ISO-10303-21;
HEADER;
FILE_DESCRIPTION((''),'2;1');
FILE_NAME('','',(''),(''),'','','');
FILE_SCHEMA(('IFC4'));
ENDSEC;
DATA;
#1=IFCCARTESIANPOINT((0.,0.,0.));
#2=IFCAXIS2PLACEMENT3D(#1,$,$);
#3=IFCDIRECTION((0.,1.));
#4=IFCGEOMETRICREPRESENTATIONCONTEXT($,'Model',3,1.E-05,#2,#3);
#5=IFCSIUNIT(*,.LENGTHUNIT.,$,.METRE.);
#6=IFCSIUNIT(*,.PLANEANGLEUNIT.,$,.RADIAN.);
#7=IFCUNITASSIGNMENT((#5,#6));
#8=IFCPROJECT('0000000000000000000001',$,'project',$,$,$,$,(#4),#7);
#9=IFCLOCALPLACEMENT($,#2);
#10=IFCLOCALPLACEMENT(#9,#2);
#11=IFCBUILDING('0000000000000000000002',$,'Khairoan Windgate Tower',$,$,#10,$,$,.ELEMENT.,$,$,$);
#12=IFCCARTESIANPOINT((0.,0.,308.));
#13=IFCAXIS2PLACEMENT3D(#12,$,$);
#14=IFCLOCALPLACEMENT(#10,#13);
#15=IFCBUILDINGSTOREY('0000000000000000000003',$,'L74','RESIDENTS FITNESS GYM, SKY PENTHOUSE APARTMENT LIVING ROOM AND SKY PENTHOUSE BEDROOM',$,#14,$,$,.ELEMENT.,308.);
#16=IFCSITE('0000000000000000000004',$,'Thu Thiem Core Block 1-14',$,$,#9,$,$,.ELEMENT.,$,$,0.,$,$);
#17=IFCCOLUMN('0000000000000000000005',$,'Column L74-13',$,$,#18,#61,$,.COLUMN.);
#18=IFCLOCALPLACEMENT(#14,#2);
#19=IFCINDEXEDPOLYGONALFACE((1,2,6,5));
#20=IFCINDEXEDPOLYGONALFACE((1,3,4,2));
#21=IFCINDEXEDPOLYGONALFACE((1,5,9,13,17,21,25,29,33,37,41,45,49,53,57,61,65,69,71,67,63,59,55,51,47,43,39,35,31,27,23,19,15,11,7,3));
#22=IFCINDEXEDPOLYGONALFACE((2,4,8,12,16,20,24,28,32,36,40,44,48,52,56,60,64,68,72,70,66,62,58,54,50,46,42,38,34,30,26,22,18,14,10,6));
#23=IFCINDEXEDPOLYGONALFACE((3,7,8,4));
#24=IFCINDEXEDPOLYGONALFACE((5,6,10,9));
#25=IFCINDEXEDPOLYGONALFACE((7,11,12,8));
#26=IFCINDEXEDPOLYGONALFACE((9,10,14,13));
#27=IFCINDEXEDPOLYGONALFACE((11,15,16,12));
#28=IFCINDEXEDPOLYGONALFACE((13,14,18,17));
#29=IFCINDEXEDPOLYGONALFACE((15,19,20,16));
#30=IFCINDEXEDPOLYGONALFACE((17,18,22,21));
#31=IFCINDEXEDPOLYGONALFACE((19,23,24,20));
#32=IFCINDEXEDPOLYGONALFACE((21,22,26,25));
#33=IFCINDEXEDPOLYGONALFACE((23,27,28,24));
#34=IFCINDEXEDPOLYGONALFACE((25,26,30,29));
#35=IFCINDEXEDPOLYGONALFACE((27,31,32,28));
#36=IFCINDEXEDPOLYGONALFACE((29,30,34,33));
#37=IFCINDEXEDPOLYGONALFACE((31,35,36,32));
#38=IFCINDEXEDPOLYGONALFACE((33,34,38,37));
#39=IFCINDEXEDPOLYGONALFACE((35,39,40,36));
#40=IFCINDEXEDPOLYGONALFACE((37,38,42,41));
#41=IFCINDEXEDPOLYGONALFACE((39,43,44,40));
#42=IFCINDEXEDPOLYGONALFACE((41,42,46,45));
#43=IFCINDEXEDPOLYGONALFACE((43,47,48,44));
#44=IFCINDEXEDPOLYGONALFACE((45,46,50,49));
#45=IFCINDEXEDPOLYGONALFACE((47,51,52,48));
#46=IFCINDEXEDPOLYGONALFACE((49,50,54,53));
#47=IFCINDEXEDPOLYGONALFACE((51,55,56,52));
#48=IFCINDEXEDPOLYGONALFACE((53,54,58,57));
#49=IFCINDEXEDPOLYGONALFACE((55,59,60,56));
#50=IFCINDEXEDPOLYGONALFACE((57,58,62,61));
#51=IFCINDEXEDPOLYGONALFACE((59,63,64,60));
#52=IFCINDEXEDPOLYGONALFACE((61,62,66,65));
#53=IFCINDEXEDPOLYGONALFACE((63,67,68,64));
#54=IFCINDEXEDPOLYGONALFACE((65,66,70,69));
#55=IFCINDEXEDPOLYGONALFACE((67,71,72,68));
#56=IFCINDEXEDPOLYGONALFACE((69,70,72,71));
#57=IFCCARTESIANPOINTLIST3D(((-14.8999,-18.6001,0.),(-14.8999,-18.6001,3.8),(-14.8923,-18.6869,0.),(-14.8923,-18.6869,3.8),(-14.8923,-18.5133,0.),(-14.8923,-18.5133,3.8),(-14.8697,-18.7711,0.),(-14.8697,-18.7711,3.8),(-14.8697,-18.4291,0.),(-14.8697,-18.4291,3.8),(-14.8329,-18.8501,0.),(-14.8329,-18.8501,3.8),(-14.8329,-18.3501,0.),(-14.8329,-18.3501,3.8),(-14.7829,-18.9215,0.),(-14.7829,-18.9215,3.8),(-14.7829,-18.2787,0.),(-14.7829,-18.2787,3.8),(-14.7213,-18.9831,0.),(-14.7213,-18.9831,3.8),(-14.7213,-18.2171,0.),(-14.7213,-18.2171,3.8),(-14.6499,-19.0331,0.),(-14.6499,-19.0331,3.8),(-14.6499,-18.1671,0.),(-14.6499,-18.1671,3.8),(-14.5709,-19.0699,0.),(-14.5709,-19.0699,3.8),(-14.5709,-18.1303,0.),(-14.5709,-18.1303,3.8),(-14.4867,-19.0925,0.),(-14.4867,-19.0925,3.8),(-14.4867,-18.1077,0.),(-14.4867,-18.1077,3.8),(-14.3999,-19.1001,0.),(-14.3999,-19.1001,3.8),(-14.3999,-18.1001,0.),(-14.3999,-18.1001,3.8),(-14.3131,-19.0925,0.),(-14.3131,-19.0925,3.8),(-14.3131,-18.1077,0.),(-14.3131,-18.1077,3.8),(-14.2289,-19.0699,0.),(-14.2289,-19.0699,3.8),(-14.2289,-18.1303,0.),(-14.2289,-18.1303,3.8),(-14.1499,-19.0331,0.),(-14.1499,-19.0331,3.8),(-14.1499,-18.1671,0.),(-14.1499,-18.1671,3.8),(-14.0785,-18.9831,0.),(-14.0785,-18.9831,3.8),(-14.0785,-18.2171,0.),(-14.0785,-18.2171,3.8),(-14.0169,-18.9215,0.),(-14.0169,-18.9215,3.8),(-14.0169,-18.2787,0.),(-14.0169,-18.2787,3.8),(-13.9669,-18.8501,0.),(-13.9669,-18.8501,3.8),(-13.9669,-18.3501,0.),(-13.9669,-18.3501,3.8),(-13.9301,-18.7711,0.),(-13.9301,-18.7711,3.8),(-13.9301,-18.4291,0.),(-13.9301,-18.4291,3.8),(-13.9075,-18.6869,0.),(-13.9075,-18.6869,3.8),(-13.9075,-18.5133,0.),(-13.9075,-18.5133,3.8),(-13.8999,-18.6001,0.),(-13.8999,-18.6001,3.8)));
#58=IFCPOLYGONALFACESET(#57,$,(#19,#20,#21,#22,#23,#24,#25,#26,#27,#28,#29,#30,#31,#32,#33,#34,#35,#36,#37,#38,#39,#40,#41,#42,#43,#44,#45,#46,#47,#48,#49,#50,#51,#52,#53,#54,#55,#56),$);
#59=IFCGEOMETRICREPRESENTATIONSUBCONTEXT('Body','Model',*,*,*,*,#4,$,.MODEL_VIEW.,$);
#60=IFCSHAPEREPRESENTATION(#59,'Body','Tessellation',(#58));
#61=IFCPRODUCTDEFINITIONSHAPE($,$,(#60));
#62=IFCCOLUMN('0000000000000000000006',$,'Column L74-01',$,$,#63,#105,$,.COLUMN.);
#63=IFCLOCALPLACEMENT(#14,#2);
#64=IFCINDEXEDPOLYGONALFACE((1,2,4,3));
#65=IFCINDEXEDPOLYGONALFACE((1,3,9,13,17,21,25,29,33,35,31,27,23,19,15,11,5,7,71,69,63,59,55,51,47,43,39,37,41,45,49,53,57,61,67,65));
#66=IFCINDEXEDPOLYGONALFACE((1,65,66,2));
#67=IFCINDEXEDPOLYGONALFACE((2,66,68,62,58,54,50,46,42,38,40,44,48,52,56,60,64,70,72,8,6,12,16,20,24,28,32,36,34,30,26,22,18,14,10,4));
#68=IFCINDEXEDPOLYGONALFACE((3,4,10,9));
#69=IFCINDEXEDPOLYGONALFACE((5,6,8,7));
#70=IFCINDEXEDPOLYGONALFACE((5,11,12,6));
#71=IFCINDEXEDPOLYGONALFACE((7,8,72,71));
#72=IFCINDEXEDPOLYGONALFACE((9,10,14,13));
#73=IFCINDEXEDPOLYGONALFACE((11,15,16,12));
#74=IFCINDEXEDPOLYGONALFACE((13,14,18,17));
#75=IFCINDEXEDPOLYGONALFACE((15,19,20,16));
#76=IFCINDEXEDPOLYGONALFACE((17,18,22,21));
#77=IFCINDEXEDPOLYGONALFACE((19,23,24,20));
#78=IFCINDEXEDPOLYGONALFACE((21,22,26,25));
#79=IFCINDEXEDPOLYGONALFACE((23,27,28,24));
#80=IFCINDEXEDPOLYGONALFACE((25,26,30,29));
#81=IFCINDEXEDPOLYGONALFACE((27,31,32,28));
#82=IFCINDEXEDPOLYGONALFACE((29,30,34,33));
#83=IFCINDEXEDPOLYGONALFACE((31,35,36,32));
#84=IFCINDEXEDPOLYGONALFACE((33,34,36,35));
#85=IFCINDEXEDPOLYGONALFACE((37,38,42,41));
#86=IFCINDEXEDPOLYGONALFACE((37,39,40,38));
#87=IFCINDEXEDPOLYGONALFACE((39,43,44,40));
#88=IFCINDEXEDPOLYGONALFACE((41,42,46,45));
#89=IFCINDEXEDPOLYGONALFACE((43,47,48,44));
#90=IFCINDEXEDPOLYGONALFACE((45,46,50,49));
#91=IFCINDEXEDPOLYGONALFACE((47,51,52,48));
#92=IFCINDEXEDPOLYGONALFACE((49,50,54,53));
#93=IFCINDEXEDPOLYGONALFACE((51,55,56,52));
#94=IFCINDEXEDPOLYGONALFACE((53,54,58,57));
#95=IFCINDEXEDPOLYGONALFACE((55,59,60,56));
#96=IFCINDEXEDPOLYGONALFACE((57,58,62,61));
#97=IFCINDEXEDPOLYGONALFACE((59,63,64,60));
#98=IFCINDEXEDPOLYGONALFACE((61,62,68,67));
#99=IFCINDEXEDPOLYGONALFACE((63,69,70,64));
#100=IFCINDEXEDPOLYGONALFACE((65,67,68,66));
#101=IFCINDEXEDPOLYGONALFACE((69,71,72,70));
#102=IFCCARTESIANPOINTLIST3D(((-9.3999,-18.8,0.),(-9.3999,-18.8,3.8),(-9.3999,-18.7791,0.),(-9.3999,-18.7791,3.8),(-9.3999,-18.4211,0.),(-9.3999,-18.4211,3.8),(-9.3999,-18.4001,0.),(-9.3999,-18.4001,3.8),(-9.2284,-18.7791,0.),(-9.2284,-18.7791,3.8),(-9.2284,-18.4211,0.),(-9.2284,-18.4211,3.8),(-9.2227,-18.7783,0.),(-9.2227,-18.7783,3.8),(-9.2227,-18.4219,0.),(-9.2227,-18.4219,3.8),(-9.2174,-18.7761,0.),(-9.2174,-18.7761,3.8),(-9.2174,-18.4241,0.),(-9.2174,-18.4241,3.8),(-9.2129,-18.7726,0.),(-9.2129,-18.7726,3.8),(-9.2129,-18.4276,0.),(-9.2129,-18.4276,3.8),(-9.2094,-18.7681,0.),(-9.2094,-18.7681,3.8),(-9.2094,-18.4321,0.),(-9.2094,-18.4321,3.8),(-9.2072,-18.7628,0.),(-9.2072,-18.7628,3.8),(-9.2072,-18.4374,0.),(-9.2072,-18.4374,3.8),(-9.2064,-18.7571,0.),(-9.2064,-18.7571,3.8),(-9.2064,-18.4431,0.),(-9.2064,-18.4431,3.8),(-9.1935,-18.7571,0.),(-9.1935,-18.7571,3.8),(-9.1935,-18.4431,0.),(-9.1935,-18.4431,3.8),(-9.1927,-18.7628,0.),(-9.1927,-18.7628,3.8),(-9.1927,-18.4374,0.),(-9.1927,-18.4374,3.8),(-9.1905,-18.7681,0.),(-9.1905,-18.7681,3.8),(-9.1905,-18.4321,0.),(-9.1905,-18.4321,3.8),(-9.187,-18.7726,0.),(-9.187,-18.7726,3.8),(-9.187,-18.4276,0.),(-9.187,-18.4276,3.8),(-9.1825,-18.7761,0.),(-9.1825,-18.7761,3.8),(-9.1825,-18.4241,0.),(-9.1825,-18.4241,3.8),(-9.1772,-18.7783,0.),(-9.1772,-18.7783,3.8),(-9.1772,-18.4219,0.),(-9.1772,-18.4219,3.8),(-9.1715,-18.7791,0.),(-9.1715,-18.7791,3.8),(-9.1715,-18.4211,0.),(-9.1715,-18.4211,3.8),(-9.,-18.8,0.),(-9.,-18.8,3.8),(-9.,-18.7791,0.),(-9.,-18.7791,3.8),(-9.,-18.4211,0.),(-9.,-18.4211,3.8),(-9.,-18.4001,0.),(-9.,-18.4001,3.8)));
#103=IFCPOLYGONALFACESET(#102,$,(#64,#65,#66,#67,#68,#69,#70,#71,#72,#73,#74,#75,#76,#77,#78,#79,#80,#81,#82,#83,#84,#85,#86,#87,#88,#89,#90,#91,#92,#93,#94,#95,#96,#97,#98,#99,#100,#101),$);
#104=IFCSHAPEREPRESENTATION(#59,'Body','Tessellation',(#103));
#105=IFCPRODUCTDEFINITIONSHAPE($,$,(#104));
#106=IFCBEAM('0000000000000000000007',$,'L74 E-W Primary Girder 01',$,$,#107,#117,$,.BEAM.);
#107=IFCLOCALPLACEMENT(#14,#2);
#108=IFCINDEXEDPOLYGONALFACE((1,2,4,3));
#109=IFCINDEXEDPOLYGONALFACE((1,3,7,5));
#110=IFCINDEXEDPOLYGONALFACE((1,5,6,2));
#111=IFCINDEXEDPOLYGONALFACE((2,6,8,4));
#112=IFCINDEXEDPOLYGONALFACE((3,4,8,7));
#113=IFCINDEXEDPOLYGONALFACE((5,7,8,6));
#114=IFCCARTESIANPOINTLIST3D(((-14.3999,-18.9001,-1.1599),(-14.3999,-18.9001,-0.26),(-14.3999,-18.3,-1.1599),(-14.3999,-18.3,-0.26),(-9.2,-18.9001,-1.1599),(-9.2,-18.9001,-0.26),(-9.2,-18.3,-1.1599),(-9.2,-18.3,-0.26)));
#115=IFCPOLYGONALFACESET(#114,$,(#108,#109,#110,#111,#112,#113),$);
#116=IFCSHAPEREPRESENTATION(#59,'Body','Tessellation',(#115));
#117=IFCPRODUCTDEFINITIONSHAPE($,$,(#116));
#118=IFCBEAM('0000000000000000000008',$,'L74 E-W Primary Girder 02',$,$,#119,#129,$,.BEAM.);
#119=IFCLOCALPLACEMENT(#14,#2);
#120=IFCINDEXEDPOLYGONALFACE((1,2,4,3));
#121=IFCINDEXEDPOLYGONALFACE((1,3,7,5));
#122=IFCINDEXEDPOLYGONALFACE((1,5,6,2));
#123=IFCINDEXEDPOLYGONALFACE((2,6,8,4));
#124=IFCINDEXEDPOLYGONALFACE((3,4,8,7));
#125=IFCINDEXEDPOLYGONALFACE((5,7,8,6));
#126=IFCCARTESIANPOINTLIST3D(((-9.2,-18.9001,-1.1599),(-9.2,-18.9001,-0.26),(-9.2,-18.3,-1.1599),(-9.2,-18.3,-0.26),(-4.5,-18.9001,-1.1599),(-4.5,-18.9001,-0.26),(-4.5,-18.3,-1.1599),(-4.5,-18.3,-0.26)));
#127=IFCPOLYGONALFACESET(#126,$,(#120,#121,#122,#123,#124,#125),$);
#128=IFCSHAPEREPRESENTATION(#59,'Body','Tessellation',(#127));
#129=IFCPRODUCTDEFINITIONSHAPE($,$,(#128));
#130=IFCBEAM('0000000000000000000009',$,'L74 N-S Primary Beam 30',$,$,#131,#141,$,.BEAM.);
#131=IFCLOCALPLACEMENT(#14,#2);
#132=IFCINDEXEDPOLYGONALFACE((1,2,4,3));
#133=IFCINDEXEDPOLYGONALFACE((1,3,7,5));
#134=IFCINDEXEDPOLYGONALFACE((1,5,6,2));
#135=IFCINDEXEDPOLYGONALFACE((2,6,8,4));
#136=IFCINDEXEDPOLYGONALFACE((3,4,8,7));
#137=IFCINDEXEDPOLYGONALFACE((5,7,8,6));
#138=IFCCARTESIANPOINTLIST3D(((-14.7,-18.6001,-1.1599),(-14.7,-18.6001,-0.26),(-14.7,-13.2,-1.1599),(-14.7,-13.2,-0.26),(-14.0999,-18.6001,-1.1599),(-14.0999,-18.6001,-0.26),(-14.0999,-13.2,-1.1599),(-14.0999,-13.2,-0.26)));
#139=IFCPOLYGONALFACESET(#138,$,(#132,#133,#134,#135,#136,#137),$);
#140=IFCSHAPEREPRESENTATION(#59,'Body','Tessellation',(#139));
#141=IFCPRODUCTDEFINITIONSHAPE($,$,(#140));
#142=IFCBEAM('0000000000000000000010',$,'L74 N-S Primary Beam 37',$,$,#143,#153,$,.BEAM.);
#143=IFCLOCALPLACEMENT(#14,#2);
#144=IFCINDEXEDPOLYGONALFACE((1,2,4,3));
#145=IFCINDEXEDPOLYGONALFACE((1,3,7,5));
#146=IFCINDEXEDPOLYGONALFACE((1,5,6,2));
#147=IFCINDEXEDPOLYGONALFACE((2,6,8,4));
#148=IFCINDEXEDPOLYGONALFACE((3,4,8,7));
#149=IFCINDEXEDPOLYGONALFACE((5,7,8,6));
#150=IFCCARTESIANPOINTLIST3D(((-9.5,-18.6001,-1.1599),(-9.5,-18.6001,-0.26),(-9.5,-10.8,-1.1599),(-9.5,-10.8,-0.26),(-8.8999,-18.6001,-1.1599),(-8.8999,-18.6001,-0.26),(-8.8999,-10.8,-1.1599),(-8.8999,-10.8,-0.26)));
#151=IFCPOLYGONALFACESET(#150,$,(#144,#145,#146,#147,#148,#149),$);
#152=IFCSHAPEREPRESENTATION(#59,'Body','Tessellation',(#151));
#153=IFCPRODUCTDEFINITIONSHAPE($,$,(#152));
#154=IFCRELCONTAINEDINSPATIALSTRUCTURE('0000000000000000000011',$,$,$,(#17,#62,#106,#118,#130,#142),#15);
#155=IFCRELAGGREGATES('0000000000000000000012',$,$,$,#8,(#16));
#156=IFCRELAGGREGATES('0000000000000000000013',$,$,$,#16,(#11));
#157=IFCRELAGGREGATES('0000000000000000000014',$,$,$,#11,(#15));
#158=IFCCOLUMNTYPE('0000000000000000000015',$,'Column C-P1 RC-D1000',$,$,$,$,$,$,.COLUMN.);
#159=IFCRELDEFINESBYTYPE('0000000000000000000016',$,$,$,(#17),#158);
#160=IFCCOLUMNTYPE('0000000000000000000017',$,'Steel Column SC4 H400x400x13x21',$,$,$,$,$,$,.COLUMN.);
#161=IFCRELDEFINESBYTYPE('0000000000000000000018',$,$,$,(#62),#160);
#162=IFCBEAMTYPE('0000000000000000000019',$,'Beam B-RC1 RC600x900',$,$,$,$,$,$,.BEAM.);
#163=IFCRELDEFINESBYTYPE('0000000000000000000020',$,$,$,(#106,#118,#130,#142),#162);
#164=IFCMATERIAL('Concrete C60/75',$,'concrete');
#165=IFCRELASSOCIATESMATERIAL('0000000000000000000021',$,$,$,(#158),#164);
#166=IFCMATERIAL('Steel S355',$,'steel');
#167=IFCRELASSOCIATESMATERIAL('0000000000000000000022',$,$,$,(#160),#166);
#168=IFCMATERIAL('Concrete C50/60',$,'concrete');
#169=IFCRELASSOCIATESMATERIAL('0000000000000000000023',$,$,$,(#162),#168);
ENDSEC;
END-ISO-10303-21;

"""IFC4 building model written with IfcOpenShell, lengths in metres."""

from ifc_helpers import new_model, si_unit, direction, frame, origin, origin_2d, place, context, subcontext, project, spatial, rectangle, circle, i_section, extrude, material, material_profile, profile_set, type_object, element, save


model = new_model("IFC4")

# Units and contexts
model_context = context("Model", 3, precision=1e-05, world=origin(), true_north=direction((0.0, 1.0)))
body_context = subcontext(model_context, "Body", "Model", "MODEL_VIEW")
ifc_project = project(units=[si_unit("LENGTHUNIT", "METRE"), si_unit("PLANEANGLEUNIT", "RADIAN")], contexts=[model_context])

# Site, building, storey
site_placement = place(None, origin())
site = spatial("IfcSite", under=ifc_project, at=site_placement, Name="Thu Thiem Core Block 1-14", CompositionType="ELEMENT", RefElevation=0.0)
building_placement = place(site_placement, origin())
building = spatial("IfcBuilding", under=site, at=building_placement, Name="Khairoan Windgate Tower", CompositionType="ELEMENT")
storey_placement = place(building_placement, frame((0.0, 0.0, 308.0)))
storey = spatial("IfcBuildingStorey", under=building, at=storey_placement, Name="L74", Description="RESIDENTS FITNESS GYM, SKY PENTHOUSE APARTMENT LIVING ROOM AND SKY PENTHOUSE BEDROOM", CompositionType="ELEMENT", Elevation=308.0)

# Columns
ifc_material_1 = material(Name="Concrete C60/75", Category="concrete")
ifc_material_profile_1 = material_profile(ifc_material_1, circle(Radius=0.5, at=origin_2d()))
ifc_profile_set_1 = profile_set([ifc_material_profile_1], Name="Concrete C60/75")
column_type_1 = type_object("IfcColumnType", Name="Column C-P1 RC-D1000", PredefinedType="COLUMN", material=ifc_profile_set_1)
column_1_placement = place(storey_placement, frame((-14.3999, -18.6001, 0.0), z_axis=(0.0, 0.0, 1.0), x_axis=(1.0, 0.0, 0.0)))
element("IfcColumn", 1, at=column_1_placement, inside=storey, type_object=column_type_1, Name="Column L74-13", PredefinedType="COLUMN", context=body_context, shape_type="SweptSolid", body=[
    extrude(circle(Radius=0.5, at=origin_2d()), origin(), (0.0, 0.0, 1.0), 3.8),
])
ifc_material_2 = material(Name="Steel S355", Category="steel")
ifc_material_profile_2 = material_profile(ifc_material_2, i_section(OverallWidth=0.3999, OverallDepth=0.3999, WebThickness=0.0129, FlangeThickness=0.021, FilletRadius=0.022, at=origin_2d()))
ifc_profile_set_2 = profile_set([ifc_material_profile_2], Name="Steel S355")
column_type_2 = type_object("IfcColumnType", Name="Steel Column SC4 H400x400x13x21", PredefinedType="COLUMN", material=ifc_profile_set_2)
column_2_placement = place(storey_placement, frame((-9.2, -18.6001, 0.0), z_axis=(0.0, 0.0, 1.0), x_axis=(1.0, 0.0, 0.0)))
element("IfcColumn", 2, at=column_2_placement, inside=storey, type_object=column_type_2, Name="Column L74-01", PredefinedType="COLUMN", context=body_context, shape_type="SweptSolid", body=[
    extrude(i_section(OverallWidth=0.3999, OverallDepth=0.3999, WebThickness=0.0129, FlangeThickness=0.021, FilletRadius=0.022, at=origin_2d()), origin(), (0.0, 0.0, 1.0), 3.8),
])

# Beams
ifc_material_3 = material(Name="Concrete C50/60", Category="concrete")
ifc_material_profile_3 = material_profile(ifc_material_3, rectangle(XDim=0.6001, YDim=0.8999, at=origin_2d()))
ifc_profile_set_3 = profile_set([ifc_material_profile_3], Name="Concrete C50/60")
beam_type = type_object("IfcBeamType", Name="Beam B-RC1 RC600x900", PredefinedType="BEAM", material=ifc_profile_set_3)
beam_1_placement = place(storey_placement, frame((-14.3999, -18.6001, -0.71), z_axis=(1.0, 0.0, 0.0), x_axis=(0.0, 1.0, 0.0)))
element("IfcBeam", 3, at=beam_1_placement, inside=storey, type_object=beam_type, Name="L74 E-W Primary Girder 01", PredefinedType="BEAM", context=body_context, shape_type="SweptSolid", body=[
    extrude(rectangle(XDim=0.6001, YDim=0.8999, at=origin_2d()), origin(), (0.0, 0.0, 1.0), 5.2),
])
beam_2_placement = place(storey_placement, frame((-9.2, -18.6001, -0.71), z_axis=(1.0, 0.0, 0.0), x_axis=(0.0, 1.0, 0.0)))
element("IfcBeam", 4, at=beam_2_placement, inside=storey, type_object=beam_type, Name="L74 E-W Primary Girder 02", PredefinedType="BEAM", context=body_context, shape_type="SweptSolid", body=[
    extrude(rectangle(XDim=0.6001, YDim=0.8999, at=origin_2d()), origin(), (0.0, 0.0, 1.0), 4.7),
])
beam_3_placement = place(storey_placement, frame((-14.3999, -18.6001, -0.71), z_axis=(0.0, 1.0, 0.0), x_axis=(-1.0, 0.0, 0.0)))
element("IfcBeam", 5, at=beam_3_placement, inside=storey, type_object=beam_type, Name="L74 N-S Primary Beam 30", PredefinedType="BEAM", context=body_context, shape_type="SweptSolid", body=[
    extrude(rectangle(XDim=0.6001, YDim=0.8999, at=origin_2d()), origin(), (0.0, 0.0, 1.0), 5.4001),
])
beam_4_placement = place(storey_placement, frame((-9.2, -18.6001, -0.71), z_axis=(0.0, 1.0, 0.0), x_axis=(-1.0, 0.0, 0.0)))
element("IfcBeam", 6, at=beam_4_placement, inside=storey, type_object=beam_type, Name="L74 N-S Primary Beam 37", PredefinedType="BEAM", context=body_context, shape_type="SweptSolid", body=[
    extrude(rectangle(XDim=0.6001, YDim=0.8999, at=origin_2d()), origin(), (0.0, 0.0, 1.0), 7.8),
])

save(model, "model.ifc")
